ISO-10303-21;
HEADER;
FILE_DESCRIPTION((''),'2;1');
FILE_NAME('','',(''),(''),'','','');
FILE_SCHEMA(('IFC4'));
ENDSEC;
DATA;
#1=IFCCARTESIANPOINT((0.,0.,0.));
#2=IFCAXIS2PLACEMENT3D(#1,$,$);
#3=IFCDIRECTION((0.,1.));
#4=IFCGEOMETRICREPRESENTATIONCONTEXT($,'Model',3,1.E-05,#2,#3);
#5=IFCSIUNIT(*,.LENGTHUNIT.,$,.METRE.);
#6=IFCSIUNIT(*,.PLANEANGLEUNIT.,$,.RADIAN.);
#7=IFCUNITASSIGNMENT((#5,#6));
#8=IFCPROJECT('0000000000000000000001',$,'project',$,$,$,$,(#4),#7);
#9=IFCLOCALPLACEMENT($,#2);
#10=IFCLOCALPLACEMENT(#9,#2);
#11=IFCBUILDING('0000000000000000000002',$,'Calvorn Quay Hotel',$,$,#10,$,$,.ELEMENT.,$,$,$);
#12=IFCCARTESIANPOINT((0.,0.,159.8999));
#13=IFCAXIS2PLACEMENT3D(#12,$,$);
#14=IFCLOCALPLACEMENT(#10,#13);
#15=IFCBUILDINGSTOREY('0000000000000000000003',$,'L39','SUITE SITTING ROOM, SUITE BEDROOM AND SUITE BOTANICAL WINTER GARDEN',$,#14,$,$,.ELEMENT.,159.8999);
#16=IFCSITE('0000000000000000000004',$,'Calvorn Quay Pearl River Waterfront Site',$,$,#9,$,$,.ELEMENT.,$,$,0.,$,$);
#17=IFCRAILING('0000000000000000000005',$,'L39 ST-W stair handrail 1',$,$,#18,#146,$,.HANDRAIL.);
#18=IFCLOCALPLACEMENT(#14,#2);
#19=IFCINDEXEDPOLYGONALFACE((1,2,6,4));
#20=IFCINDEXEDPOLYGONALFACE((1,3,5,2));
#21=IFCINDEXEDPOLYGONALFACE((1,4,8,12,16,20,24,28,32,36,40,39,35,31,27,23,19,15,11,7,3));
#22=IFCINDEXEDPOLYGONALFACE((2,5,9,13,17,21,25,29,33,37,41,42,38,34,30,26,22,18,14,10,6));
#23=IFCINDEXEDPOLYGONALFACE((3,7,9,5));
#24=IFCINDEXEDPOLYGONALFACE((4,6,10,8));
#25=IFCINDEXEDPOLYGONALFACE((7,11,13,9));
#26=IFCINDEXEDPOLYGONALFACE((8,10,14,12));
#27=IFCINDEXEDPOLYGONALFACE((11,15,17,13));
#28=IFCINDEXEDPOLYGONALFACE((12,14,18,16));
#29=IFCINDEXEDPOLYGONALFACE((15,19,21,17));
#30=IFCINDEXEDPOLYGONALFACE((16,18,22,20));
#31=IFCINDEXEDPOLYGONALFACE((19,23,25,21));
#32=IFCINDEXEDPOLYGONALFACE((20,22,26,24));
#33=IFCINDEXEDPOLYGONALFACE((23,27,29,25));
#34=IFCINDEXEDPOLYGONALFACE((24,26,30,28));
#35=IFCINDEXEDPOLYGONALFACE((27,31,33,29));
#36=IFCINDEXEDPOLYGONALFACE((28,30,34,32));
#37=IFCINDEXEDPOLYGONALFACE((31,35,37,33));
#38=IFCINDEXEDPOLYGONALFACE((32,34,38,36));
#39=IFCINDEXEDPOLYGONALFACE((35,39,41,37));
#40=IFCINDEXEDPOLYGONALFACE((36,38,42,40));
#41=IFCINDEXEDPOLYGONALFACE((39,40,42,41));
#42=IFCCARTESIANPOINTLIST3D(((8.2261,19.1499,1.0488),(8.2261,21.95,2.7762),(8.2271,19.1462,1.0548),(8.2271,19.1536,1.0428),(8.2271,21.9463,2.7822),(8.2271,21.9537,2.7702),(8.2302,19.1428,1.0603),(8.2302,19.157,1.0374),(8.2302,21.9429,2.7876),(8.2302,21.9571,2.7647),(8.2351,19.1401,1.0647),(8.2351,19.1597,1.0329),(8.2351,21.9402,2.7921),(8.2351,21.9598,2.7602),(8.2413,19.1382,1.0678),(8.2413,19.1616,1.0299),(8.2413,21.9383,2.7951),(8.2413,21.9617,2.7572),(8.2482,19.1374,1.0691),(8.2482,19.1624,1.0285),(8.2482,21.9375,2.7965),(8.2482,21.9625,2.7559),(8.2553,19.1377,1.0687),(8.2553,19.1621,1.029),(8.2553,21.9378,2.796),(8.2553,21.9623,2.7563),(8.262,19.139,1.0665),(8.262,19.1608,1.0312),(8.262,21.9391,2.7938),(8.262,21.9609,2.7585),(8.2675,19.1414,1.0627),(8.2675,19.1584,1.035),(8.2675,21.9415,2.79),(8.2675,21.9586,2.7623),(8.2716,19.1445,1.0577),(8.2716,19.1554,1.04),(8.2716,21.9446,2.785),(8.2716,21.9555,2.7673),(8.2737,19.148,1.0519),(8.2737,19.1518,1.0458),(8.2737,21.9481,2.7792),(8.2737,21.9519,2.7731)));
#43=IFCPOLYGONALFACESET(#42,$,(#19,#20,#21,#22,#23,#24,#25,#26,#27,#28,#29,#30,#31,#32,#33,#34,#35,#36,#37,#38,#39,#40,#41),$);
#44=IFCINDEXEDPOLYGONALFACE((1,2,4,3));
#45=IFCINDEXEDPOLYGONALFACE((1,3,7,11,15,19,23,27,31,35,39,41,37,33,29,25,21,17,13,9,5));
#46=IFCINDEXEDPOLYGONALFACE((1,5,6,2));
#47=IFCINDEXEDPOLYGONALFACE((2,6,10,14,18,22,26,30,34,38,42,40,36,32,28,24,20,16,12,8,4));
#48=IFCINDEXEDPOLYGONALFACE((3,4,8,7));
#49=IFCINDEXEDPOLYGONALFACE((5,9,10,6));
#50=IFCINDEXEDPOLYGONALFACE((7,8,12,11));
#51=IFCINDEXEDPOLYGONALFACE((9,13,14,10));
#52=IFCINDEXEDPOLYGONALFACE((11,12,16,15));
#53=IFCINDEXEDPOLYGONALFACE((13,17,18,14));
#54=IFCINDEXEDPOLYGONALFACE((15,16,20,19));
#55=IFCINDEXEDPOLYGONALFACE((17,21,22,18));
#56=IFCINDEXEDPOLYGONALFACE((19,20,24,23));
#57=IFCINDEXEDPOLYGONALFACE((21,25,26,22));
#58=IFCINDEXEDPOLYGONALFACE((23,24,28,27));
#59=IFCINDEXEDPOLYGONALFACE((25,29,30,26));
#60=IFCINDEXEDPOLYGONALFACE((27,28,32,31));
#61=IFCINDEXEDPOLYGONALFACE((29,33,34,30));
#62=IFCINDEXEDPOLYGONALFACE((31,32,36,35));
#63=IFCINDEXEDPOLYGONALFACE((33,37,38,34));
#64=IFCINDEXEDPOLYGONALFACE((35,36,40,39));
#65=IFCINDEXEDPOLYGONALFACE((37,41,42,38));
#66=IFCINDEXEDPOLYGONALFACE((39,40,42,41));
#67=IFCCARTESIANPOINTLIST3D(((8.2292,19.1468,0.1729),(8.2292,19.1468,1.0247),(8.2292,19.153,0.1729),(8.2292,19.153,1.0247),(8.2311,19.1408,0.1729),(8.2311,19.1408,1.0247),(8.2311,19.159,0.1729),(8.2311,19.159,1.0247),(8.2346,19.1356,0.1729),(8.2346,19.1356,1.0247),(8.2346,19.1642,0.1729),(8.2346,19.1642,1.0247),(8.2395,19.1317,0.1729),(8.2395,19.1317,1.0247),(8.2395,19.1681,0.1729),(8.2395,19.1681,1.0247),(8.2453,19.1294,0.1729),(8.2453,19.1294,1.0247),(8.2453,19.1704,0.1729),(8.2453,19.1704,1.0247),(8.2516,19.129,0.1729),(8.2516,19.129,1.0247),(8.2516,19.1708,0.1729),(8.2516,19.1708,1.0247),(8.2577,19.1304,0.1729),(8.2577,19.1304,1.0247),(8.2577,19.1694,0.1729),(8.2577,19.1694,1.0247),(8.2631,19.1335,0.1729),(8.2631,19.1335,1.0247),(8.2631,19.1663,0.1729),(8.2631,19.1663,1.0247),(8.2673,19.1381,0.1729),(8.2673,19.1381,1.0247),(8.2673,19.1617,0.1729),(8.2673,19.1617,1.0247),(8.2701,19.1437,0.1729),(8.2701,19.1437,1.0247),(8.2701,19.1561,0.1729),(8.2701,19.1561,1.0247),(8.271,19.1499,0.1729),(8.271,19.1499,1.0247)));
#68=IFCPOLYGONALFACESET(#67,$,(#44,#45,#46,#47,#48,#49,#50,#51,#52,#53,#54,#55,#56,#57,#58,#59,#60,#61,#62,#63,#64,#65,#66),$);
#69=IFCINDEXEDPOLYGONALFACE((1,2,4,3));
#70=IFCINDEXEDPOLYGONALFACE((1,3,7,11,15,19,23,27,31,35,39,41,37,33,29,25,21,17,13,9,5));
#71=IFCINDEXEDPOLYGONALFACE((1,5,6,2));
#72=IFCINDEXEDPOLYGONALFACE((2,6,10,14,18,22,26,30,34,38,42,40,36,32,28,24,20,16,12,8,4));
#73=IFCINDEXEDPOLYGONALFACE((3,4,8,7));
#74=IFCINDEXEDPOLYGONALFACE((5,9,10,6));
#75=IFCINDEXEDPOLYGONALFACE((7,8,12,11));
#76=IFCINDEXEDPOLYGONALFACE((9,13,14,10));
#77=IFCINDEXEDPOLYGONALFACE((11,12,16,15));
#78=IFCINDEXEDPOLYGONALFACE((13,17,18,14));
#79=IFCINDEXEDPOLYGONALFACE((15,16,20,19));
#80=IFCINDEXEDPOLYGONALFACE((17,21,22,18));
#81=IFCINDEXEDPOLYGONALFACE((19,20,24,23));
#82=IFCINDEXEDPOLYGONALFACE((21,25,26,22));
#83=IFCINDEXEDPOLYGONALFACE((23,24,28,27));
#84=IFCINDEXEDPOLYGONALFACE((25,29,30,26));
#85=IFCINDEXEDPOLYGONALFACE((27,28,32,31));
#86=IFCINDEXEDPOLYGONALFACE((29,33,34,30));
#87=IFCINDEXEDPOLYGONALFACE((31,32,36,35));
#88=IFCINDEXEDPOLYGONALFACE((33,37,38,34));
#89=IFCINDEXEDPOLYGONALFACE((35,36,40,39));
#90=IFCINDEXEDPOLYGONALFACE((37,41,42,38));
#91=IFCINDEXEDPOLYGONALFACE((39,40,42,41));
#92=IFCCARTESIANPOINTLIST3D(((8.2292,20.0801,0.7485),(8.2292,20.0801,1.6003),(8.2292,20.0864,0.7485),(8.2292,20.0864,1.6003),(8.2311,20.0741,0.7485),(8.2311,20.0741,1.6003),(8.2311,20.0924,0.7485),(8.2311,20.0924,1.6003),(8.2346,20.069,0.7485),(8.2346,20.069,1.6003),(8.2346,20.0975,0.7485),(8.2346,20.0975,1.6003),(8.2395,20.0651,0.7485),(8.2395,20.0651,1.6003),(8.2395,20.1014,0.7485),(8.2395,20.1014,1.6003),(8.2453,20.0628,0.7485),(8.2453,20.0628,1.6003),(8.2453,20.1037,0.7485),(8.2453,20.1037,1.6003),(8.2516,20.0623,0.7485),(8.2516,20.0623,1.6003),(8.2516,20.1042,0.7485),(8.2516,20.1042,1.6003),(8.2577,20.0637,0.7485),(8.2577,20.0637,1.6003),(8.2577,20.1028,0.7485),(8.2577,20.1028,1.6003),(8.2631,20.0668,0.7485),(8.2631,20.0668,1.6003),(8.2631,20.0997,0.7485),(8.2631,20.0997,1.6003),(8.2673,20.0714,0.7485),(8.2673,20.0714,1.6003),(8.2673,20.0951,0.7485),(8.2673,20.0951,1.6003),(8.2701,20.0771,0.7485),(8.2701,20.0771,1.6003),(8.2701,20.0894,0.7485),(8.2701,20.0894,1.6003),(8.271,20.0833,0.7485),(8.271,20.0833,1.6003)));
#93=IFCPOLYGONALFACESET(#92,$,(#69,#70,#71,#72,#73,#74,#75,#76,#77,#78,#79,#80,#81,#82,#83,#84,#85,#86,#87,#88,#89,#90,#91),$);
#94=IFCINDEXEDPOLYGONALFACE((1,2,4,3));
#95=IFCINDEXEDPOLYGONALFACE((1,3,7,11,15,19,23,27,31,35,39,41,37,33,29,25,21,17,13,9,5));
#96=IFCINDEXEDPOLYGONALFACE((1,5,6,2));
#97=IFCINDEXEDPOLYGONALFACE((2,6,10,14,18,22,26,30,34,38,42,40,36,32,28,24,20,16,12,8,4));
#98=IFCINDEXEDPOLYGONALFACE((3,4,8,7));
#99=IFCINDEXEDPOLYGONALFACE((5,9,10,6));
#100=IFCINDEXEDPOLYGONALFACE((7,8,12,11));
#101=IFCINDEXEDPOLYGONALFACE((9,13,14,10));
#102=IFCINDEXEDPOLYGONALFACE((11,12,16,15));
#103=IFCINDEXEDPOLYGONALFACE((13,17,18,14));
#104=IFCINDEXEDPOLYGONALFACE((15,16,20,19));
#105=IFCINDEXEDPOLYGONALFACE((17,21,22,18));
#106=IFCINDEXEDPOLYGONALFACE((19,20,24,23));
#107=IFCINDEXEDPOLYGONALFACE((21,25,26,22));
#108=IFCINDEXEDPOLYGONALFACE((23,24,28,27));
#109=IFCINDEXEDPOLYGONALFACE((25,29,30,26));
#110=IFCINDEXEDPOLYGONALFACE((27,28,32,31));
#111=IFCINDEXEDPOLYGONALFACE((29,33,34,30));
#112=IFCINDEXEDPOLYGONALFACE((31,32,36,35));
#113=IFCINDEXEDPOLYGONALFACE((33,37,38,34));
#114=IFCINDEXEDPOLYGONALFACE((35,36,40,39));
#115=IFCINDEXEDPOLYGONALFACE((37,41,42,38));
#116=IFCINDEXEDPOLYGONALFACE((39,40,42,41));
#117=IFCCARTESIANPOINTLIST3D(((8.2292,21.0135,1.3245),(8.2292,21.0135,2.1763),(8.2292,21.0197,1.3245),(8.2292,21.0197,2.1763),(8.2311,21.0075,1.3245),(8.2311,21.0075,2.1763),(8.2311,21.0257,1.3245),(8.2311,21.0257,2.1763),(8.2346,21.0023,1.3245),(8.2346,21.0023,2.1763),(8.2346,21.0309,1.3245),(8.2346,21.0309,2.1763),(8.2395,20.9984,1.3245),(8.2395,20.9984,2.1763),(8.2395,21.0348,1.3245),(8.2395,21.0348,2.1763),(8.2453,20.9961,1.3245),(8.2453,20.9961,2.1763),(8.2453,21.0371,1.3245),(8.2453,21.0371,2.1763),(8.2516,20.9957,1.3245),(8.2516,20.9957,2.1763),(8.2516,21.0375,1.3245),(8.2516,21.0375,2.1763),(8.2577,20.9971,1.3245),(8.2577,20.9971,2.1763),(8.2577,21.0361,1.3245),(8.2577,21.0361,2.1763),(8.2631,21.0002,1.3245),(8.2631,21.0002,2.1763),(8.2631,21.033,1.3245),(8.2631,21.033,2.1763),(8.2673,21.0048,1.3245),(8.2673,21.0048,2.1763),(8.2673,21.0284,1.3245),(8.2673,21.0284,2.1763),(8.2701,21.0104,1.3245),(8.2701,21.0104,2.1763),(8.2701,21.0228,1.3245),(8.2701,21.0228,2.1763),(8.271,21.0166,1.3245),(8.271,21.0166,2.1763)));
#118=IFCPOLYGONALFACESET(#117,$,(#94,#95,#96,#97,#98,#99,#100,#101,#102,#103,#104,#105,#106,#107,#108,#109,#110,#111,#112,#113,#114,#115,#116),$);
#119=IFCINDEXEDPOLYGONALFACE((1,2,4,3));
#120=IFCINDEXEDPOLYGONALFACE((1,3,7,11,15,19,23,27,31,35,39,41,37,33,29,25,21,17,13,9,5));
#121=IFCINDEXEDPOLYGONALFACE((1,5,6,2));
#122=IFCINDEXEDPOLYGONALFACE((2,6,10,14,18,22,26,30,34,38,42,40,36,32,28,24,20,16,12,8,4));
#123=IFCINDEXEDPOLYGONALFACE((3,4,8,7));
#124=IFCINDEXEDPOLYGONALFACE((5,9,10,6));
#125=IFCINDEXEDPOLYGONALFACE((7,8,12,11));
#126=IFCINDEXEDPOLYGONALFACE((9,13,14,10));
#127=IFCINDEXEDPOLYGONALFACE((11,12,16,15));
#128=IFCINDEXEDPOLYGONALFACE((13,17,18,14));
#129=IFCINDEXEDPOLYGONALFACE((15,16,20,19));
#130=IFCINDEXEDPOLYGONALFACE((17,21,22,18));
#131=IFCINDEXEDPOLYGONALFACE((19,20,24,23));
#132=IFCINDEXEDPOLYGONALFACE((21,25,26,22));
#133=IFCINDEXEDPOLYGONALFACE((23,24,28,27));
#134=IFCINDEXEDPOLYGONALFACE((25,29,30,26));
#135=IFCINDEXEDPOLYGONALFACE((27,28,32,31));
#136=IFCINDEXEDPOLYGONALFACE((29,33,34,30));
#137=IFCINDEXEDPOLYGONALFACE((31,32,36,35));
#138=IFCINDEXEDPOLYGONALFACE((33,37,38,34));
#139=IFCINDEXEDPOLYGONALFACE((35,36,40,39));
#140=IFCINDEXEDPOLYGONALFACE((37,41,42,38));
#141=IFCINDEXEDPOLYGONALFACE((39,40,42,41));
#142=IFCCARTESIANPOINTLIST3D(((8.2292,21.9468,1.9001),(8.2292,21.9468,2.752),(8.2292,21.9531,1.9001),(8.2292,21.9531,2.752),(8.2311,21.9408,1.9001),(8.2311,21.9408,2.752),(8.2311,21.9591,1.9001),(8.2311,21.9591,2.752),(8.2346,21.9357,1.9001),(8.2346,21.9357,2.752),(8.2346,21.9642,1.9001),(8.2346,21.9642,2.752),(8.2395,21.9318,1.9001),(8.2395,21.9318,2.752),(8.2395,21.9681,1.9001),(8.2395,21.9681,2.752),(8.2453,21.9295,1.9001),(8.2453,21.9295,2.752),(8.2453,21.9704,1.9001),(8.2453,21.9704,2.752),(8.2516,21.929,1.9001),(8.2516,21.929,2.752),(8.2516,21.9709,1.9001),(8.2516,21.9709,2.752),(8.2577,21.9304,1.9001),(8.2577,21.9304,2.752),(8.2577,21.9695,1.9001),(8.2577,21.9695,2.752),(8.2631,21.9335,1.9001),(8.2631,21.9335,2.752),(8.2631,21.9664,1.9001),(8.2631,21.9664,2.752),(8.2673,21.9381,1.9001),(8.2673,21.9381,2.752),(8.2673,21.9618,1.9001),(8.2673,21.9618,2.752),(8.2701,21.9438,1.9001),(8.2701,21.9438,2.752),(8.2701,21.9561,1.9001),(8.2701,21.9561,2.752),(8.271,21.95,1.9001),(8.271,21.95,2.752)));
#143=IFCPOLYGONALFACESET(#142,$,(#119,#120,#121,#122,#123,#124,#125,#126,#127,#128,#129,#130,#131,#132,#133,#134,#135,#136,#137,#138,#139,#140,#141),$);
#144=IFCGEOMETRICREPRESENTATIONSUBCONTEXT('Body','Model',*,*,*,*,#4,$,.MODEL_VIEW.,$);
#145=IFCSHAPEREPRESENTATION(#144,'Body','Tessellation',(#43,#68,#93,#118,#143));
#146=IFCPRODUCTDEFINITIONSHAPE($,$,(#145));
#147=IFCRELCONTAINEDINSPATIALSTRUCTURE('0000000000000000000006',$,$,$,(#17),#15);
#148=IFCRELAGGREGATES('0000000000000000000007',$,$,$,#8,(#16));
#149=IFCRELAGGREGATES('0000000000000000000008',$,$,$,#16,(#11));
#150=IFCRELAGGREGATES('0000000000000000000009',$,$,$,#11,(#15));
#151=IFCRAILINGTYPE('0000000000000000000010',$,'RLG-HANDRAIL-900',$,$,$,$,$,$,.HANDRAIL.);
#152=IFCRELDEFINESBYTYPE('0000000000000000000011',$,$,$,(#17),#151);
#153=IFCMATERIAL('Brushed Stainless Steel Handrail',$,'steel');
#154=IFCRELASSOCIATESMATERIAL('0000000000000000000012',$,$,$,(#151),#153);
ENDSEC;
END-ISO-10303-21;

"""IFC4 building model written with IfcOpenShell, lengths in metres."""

from ifc_helpers import new_model, si_unit, direction, frame, origin, origin_2d, place, context, subcontext, project, spatial, circle, extrude, material, type_object, element, save


model = new_model("IFC4")

# Units and contexts
model_context = context("Model", 3, precision=1e-05, world=origin(), true_north=direction((0.0, 1.0)))
body_context = subcontext(model_context, "Body", "Model", "MODEL_VIEW")
ifc_project = project(units=[si_unit("LENGTHUNIT", "METRE"), si_unit("PLANEANGLEUNIT", "RADIAN")], contexts=[model_context])

# Site, building, storey
site_placement = place(None, origin())
site = spatial("IfcSite", under=ifc_project, at=site_placement, Name="Calvorn Quay Pearl River Waterfront Site", CompositionType="ELEMENT", RefElevation=0.0)
building_placement = place(site_placement, origin())
building = spatial("IfcBuilding", under=site, at=building_placement, Name="Calvorn Quay Hotel", CompositionType="ELEMENT")
storey_placement = place(building_placement, frame((0.0, 0.0, 159.8999)))
storey = spatial("IfcBuildingStorey", under=building, at=storey_placement, Name="L39", Description="SUITE SITTING ROOM, SUITE BEDROOM AND SUITE BOTANICAL WINTER GARDEN", CompositionType="ELEMENT", Elevation=159.8999)

# Railing
ifc_material_1 = material(Name="Brushed Stainless Steel Handrail", Category="steel")
railing_type_1 = type_object("IfcRailingType", Name="RLG-HANDRAIL-900", PredefinedType="HANDRAIL", material=ifc_material_1)
railing_1_placement = place(storey_placement, frame((8.25, 19.1499, 0.1729)))
element("IfcRailing", 1, at=railing_1_placement, inside=storey, type_object=railing_type_1, Name="L39 ST-W stair handrail 1", PredefinedType="HANDRAIL", context=body_context, shape_type="SweptSolid", body=[
    extrude(circle(Radius=0.0239, at=origin_2d()), frame((0.0, 0.0, 0.876), z_axis=(0.0, 0.85109, 0.52502), x_axis=(-1.0, 0.0, 0.0)), (0.0, 0.0, 1.0), 3.29),
    extrude(circle(Radius=0.021, at=origin_2d()), origin(), (0.0, 0.0, 1.0), 0.8518),
    extrude(circle(Radius=0.021, at=origin_2d()), frame((0.0, 0.9333, 0.5757)), (0.0, 0.0, 1.0), 0.8518),
    extrude(circle(Radius=0.021, at=origin_2d()), frame((0.0, 1.8667, 1.1516)), (0.0, 0.0, 1.0), 0.8518),
    extrude(circle(Radius=0.021, at=origin_2d()), frame((0.0, 2.8, 1.7273)), (0.0, 0.0, 1.0), 0.8518),
])

save(model, "model.ifc")
